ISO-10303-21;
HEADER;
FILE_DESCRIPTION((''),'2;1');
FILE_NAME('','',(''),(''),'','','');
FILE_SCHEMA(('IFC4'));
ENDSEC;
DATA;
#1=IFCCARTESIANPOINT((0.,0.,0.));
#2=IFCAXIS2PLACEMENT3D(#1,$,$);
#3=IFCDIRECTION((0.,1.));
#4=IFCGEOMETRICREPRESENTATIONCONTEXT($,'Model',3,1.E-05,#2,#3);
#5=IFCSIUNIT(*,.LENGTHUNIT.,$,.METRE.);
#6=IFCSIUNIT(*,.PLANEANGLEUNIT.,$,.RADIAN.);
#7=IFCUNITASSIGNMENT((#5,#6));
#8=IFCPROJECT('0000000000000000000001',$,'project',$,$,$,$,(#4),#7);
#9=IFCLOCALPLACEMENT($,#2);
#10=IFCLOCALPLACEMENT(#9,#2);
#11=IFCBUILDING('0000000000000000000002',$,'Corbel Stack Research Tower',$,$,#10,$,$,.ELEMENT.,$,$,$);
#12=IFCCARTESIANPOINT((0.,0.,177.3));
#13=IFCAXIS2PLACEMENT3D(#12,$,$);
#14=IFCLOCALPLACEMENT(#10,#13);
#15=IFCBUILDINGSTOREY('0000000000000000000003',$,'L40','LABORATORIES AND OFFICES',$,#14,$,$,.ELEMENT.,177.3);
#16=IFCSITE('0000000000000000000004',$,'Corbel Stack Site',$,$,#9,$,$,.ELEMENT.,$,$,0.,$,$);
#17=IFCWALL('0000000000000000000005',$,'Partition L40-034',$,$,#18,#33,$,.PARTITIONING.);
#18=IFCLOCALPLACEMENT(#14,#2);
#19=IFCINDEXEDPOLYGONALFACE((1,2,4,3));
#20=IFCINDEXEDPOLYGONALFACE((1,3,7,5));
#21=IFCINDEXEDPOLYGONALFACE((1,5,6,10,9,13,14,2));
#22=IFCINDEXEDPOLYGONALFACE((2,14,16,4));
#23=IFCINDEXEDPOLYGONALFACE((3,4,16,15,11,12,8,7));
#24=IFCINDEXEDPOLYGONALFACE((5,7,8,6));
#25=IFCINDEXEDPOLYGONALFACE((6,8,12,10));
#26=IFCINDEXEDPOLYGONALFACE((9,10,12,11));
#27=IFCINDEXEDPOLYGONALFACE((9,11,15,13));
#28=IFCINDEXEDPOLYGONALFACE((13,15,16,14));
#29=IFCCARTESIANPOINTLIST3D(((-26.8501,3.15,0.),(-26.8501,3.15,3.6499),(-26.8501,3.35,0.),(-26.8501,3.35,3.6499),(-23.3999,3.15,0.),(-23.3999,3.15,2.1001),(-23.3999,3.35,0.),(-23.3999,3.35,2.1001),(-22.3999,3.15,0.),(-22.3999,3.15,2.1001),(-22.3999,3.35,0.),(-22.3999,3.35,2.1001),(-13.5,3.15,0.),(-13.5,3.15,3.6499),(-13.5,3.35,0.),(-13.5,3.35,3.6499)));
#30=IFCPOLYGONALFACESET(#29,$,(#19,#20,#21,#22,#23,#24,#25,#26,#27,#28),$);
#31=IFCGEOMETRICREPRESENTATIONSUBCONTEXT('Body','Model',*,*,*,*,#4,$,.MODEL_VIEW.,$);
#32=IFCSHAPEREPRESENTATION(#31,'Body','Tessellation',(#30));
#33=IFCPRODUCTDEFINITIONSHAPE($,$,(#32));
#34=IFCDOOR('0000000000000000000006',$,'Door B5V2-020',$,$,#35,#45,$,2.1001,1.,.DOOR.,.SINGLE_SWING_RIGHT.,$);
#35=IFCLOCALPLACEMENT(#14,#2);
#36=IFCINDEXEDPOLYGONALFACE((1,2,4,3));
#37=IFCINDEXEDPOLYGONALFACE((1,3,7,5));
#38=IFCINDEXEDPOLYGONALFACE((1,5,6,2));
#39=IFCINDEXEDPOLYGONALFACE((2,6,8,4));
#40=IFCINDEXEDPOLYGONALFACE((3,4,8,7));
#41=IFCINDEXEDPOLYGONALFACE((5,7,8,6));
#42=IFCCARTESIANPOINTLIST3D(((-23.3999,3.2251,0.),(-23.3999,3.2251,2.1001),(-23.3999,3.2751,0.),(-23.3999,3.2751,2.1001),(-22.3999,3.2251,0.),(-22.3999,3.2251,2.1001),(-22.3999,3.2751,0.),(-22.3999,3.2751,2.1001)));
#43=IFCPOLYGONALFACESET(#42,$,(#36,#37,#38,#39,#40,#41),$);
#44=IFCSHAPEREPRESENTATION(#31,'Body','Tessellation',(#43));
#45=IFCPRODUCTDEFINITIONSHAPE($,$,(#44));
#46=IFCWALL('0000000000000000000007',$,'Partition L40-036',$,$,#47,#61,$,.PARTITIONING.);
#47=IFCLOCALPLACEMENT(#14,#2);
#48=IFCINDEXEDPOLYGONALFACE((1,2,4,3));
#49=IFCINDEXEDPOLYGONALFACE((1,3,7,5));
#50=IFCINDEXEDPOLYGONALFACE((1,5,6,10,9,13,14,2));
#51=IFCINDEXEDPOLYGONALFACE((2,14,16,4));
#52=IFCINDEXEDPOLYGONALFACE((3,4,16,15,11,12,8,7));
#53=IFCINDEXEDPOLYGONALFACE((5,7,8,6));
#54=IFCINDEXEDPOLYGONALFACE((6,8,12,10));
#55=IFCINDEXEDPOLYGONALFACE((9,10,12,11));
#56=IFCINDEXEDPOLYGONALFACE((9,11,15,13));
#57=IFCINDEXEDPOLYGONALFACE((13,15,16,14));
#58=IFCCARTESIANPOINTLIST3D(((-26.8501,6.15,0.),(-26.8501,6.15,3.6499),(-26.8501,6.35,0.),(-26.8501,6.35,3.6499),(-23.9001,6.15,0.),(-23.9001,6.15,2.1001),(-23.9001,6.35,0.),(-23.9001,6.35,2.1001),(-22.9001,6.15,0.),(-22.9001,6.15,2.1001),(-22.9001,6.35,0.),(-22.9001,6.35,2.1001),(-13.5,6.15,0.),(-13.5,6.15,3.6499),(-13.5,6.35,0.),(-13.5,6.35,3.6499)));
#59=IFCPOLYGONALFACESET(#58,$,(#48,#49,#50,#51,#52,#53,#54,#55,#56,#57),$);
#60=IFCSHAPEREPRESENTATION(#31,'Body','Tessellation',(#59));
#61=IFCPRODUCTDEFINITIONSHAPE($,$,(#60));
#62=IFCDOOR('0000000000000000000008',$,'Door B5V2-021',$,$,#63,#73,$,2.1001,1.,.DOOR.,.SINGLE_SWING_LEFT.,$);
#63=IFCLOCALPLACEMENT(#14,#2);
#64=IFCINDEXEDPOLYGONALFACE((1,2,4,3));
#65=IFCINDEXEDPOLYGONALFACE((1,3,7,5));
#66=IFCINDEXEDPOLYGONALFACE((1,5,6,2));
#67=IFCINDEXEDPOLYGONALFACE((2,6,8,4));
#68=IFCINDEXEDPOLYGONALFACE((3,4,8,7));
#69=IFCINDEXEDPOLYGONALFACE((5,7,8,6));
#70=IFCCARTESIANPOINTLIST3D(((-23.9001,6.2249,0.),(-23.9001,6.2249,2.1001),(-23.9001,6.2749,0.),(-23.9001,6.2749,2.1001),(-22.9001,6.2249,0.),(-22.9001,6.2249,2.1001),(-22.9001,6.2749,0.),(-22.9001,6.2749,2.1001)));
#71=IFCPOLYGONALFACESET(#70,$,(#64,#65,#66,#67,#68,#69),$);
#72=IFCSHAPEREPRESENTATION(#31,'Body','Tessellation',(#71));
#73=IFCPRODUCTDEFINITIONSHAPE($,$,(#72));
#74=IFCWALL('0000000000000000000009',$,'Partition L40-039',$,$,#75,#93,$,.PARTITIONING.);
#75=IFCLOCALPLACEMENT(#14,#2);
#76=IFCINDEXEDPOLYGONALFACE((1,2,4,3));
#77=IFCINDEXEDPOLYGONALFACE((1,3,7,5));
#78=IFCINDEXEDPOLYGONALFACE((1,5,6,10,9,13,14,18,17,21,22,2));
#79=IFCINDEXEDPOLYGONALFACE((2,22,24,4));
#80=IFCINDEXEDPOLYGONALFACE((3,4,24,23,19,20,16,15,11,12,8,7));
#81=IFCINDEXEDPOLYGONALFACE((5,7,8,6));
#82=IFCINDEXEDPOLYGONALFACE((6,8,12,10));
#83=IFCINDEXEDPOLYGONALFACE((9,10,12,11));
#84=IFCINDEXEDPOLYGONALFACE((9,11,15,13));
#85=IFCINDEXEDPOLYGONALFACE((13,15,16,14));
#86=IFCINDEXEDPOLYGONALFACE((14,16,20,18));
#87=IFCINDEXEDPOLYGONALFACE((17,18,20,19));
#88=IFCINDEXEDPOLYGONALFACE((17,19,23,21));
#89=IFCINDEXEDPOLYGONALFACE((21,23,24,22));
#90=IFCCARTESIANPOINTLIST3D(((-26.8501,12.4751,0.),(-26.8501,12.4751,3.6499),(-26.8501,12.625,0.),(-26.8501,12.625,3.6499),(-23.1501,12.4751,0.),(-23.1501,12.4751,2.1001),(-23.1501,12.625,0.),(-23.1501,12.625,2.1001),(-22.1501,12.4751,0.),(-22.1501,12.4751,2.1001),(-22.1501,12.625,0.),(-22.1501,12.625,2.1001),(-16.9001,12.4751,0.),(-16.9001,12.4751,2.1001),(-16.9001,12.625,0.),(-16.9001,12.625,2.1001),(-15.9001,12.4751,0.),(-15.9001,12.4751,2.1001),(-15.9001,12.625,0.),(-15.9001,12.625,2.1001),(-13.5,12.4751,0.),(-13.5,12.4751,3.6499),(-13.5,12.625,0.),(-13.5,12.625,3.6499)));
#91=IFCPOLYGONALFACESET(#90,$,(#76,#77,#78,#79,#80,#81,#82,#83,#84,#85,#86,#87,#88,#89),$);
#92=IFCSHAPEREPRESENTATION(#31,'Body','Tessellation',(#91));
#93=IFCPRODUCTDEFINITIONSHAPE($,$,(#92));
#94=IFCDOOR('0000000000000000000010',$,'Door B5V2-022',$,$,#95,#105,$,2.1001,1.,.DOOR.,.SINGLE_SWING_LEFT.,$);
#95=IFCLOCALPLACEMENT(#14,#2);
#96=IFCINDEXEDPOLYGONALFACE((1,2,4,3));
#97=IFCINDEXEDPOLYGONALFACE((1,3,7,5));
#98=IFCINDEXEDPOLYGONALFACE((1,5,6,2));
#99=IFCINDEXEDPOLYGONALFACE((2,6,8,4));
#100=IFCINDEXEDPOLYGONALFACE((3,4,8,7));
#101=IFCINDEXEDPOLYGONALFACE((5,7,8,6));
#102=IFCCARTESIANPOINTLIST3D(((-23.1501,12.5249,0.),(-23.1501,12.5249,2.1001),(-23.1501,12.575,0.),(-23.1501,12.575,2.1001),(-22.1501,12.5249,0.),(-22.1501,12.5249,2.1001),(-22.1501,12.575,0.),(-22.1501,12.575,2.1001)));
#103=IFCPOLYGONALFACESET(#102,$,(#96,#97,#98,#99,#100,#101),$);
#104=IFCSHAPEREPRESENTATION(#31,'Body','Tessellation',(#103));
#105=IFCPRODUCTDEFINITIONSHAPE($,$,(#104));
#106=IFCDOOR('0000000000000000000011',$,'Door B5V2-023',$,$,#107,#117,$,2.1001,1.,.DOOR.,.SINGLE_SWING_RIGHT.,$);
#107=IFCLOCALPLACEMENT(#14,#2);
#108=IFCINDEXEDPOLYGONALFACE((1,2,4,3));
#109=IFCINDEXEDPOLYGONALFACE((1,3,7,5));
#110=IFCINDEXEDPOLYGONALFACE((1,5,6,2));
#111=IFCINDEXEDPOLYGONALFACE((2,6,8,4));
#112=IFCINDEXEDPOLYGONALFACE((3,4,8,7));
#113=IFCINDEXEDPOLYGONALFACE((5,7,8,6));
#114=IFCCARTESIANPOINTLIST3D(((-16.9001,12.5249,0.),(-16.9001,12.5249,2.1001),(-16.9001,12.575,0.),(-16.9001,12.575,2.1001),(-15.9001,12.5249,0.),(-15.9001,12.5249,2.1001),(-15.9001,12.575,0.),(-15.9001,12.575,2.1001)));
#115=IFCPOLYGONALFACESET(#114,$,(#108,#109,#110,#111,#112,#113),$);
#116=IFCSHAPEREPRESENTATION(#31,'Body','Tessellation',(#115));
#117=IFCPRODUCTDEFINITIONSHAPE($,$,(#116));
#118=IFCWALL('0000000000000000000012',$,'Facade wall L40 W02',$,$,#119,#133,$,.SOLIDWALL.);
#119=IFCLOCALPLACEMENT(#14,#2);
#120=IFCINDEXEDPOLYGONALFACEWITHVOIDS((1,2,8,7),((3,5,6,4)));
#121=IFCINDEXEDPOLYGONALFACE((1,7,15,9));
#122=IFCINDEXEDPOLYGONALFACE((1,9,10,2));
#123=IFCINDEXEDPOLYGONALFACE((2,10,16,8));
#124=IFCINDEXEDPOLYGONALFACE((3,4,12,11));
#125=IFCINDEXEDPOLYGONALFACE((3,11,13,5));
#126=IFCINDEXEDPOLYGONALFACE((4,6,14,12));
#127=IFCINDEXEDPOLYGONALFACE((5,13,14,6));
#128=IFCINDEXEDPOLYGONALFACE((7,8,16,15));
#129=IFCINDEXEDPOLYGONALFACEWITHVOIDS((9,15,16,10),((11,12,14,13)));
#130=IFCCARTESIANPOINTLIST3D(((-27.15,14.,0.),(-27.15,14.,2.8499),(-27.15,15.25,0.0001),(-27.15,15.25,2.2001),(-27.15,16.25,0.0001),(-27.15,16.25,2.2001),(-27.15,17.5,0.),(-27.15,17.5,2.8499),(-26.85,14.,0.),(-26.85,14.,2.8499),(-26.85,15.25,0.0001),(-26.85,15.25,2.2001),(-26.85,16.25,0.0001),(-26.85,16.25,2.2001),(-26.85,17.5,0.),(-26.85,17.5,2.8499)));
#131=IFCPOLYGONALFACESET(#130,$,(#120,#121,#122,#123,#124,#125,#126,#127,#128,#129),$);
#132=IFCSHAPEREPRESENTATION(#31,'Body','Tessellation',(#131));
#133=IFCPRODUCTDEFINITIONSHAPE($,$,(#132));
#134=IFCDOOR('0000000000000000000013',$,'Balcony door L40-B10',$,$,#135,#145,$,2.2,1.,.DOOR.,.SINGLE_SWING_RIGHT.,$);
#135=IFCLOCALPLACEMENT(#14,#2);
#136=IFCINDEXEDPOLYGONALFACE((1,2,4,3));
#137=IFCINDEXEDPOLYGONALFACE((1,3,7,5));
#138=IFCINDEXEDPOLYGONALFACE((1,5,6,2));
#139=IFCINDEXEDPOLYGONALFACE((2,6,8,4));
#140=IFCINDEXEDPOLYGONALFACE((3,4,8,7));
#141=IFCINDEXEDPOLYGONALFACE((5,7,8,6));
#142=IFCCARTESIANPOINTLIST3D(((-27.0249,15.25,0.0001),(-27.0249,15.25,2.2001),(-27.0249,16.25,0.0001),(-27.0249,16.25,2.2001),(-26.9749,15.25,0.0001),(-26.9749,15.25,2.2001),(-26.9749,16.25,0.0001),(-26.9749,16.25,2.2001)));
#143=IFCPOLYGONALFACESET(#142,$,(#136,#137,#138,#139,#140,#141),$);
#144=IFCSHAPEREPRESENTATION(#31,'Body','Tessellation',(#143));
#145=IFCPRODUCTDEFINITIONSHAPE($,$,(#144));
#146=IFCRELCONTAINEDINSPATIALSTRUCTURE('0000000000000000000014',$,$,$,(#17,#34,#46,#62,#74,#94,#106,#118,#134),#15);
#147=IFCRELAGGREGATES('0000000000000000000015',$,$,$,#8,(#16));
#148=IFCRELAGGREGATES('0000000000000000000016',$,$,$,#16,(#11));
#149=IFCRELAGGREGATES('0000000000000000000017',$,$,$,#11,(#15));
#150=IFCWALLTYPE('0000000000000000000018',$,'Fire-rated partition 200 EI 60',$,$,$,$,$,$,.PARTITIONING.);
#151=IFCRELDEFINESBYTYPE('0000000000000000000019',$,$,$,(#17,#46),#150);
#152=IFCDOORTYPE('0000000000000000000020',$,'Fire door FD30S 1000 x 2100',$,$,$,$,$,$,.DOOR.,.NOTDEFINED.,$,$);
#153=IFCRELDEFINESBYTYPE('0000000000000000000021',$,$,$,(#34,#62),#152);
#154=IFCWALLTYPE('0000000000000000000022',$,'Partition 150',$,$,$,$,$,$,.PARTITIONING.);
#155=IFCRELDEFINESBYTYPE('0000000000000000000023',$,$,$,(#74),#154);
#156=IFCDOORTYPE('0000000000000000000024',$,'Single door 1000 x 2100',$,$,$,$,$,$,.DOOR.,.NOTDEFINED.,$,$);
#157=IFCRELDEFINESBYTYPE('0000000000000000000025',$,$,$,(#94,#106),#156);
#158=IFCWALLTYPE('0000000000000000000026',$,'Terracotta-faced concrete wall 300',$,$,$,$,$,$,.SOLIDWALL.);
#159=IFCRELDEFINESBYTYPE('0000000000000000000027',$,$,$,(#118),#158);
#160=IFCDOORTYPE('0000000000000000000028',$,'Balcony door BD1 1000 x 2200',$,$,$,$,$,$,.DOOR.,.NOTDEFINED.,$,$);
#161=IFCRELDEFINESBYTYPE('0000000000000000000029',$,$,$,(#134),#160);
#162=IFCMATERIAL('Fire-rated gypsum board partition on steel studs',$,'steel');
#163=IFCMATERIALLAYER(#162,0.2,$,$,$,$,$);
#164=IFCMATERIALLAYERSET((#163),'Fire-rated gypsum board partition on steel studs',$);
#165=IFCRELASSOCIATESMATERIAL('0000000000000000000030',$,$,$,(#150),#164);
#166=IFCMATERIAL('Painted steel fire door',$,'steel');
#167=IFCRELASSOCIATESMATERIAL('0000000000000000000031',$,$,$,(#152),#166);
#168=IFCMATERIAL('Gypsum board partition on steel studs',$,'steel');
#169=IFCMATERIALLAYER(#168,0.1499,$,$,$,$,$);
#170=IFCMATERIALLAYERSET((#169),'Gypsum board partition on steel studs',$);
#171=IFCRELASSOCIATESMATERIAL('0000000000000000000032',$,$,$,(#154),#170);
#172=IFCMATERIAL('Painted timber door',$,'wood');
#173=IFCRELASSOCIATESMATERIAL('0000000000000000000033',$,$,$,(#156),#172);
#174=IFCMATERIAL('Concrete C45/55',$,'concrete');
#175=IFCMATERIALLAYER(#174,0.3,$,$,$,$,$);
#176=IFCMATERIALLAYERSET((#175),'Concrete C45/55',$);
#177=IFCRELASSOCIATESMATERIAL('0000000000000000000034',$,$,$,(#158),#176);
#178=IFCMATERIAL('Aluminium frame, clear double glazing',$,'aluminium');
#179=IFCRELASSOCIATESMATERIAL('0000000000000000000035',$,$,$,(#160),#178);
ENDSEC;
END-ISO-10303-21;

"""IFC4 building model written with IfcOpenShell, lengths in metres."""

from ifc_helpers import new_model, si_unit, direction, frame, frame_2d, origin, place, context, subcontext, project, spatial, rectangle, extrude, material, layer, layer_set, type_object, element, fill, save


model = new_model("IFC4")

# Units and contexts
model_context = context("Model", 3, precision=1e-05, world=origin(), true_north=direction((0.0, 1.0)))
body_context = subcontext(model_context, "Body", "Model", "MODEL_VIEW")
ifc_project = project(units=[si_unit("LENGTHUNIT", "METRE"), si_unit("PLANEANGLEUNIT", "RADIAN")], contexts=[model_context])

# Site, building, storey
site_placement = place(None, origin())
site = spatial("IfcSite", under=ifc_project, at=site_placement, Name="Corbel Stack Site", CompositionType="ELEMENT", RefElevation=0.0)
building_placement = place(site_placement, origin())
building = spatial("IfcBuilding", under=site, at=building_placement, Name="Corbel Stack Research Tower", CompositionType="ELEMENT")
storey_placement = place(building_placement, frame((0.0, 0.0, 177.3)))
storey = spatial("IfcBuildingStorey", under=building, at=storey_placement, Name="L40", Description="LABORATORIES AND OFFICES", CompositionType="ELEMENT", Elevation=177.3)

# Shared definitions
ifc_material_1 = material(Name="Fire-rated gypsum board partition on steel studs", Category="steel")
ifc_layer_1 = layer(ifc_material_1, 0.2)
ifc_layer_set_1 = layer_set([ifc_layer_1], Name="Fire-rated gypsum board partition on steel studs")
wall_type_1 = type_object("IfcWallType", Name="Fire-rated partition 200 EI 60", PredefinedType="PARTITIONING", material=ifc_layer_set_1)

# Walls, openings, doors
ifc_material_2 = material(Name="Painted steel fire door", Category="steel")
door_type_1 = type_object("IfcDoorType", Name="Fire door FD30S 1000 x 2100", OperationType="NOTDEFINED", PredefinedType="DOOR", material=ifc_material_2)
wall_1_placement = place(storey_placement, frame((-13.5, 3.25, 0.0), z_axis=(0.0, 0.0, 1.0), x_axis=(-1.0, 0.0, 0.0)))
wall_1 = element("IfcWall", 1, at=wall_1_placement, inside=storey, type_object=wall_type_1, Name="Partition L40-034", PredefinedType="PARTITIONING", context=body_context, shape_type="SweptSolid", body=[
    extrude(rectangle(XDim=13.3501, YDim=0.2, at=frame_2d((6.675, 0.0))), origin(), (0.0, 0.0, 1.0), 3.6499),
])
opening_1_placement = place(wall_1_placement, frame((8.8999, 0.0, 0.0)))
opening_1 = element("IfcOpeningElement", 2, at=opening_1_placement, cuts=wall_1, PredefinedType="OPENING", context=body_context, shape_type="SweptSolid", body=[
    extrude(rectangle(XDim=1.0, YDim=2.1001, at=frame_2d((0.5, 1.05))), frame((0.0, 0.1099, 0.0), z_axis=(0.0, -1.0, 0.0), x_axis=(1.0, 0.0, 0.0)), (0.0, 0.0, 1.0), 0.22),
])
door_1_placement = place(opening_1_placement, origin())
door_1 = element("IfcDoor", 3, at=door_1_placement, inside=storey, type_object=door_type_1, Name="Door B5V2-020", OperationType="SINGLE_SWING_RIGHT", OverallHeight=2.1001, OverallWidth=1.0, PredefinedType="DOOR", context=body_context, shape_type="SweptSolid", body=[
    extrude(rectangle(XDim=1.0, YDim=2.1001, at=frame_2d((0.5, 1.05))), frame((0.0, 0.0249, 0.0), z_axis=(0.0, -1.0, 0.0), x_axis=(1.0, 0.0, 0.0)), (0.0, 0.0, 1.0), 0.05),
])
fill(opening_1, door_1)
wall_2_placement = place(storey_placement, frame((-26.8501, 6.25, 0.0), z_axis=(0.0, 0.0, 1.0), x_axis=(1.0, 0.0, 0.0)))
wall_2 = element("IfcWall", 4, at=wall_2_placement, inside=storey, type_object=wall_type_1, Name="Partition L40-036", PredefinedType="PARTITIONING", context=body_context, shape_type="SweptSolid", body=[
    extrude(rectangle(XDim=13.3501, YDim=0.2, at=frame_2d((6.675, 0.0))), origin(), (0.0, 0.0, 1.0), 3.6499),
])
opening_2_placement = place(wall_2_placement, frame((2.95, 0.0, 0.0)))
opening_2 = element("IfcOpeningElement", 5, at=opening_2_placement, cuts=wall_2, PredefinedType="OPENING", context=body_context, shape_type="SweptSolid", body=[
    extrude(rectangle(XDim=1.0, YDim=2.1001, at=frame_2d((0.5, 1.05))), frame((0.0, 0.1099, 0.0), z_axis=(0.0, -1.0, 0.0), x_axis=(1.0, 0.0, 0.0)), (0.0, 0.0, 1.0), 0.22),
])
door_2_placement = place(opening_2_placement, origin())
door_2 = element("IfcDoor", 6, at=door_2_placement, inside=storey, type_object=door_type_1, Name="Door B5V2-021", OperationType="SINGLE_SWING_LEFT", OverallHeight=2.1001, OverallWidth=1.0, PredefinedType="DOOR", context=body_context, shape_type="SweptSolid", body=[
    extrude(rectangle(XDim=1.0, YDim=2.1001, at=frame_2d((0.5, 1.05))), frame((0.0, 0.0249, 0.0), z_axis=(0.0, -1.0, 0.0), x_axis=(1.0, 0.0, 0.0)), (0.0, 0.0, 1.0), 0.05),
])
fill(opening_2, door_2)

# Wall, openings, doors
ifc_material_3 = material(Name="Gypsum board partition on steel studs", Category="steel")
ifc_layer_2 = layer(ifc_material_3, 0.1499)
ifc_layer_set_2 = layer_set([ifc_layer_2], Name="Gypsum board partition on steel studs")
wall_type_2 = type_object("IfcWallType", Name="Partition 150", PredefinedType="PARTITIONING", material=ifc_layer_set_2)
wall_3_placement = place(storey_placement, frame((-26.8501, 12.55, 0.0), z_axis=(0.0, 0.0, 1.0), x_axis=(1.0, 0.0, 0.0)))
wall_3 = element("IfcWall", 7, at=wall_3_placement, inside=storey, type_object=wall_type_2, Name="Partition L40-039", PredefinedType="PARTITIONING", context=body_context, shape_type="SweptSolid", body=[
    extrude(rectangle(XDim=13.3501, YDim=0.1499, at=frame_2d((6.675, 0.0))), origin(), (0.0, 0.0, 1.0), 3.6499),
])
opening_3_placement = place(wall_3_placement, frame((3.7, 0.0, 0.0)))
opening_3 = element("IfcOpeningElement", 8, at=opening_3_placement, cuts=wall_3, PredefinedType="OPENING", context=body_context, shape_type="SweptSolid", body=[
    extrude(rectangle(XDim=1.0, YDim=2.1001, at=frame_2d((0.5, 1.05))), frame((0.0, 0.085, 0.0), z_axis=(0.0, -1.0, 0.0), x_axis=(1.0, 0.0, 0.0)), (0.0, 0.0, 1.0), 0.1699),
])
opening_4_placement = place(wall_3_placement, frame((9.95, 0.0, 0.0)))
opening_4 = element("IfcOpeningElement", 9, at=opening_4_placement, cuts=wall_3, PredefinedType="OPENING", context=body_context, shape_type="SweptSolid", body=[
    extrude(rectangle(XDim=1.0, YDim=2.1001, at=frame_2d((0.5, 1.05))), frame((0.0, 0.085, 0.0), z_axis=(0.0, -1.0, 0.0), x_axis=(1.0, 0.0, 0.0)), (0.0, 0.0, 1.0), 0.1699),
])
ifc_material_4 = material(Name="Painted timber door", Category="wood")
door_type_2 = type_object("IfcDoorType", Name="Single door 1000 x 2100", OperationType="NOTDEFINED", PredefinedType="DOOR", material=ifc_material_4)
door_3_placement = place(opening_3_placement, origin())
door_3 = element("IfcDoor", 10, at=door_3_placement, inside=storey, type_object=door_type_2, Name="Door B5V2-022", OperationType="SINGLE_SWING_LEFT", OverallHeight=2.1001, OverallWidth=1.0, PredefinedType="DOOR", context=body_context, shape_type="SweptSolid", body=[
    extrude(rectangle(XDim=1.0, YDim=2.1001, at=frame_2d((0.5, 1.05))), frame((0.0, 0.0249, 0.0), z_axis=(0.0, -1.0, 0.0), x_axis=(1.0, 0.0, 0.0)), (0.0, 0.0, 1.0), 0.05),
])
fill(opening_3, door_3)
door_4_placement = place(opening_4_placement, origin())
door_4 = element("IfcDoor", 11, at=door_4_placement, inside=storey, type_object=door_type_2, Name="Door B5V2-023", OperationType="SINGLE_SWING_RIGHT", OverallHeight=2.1001, OverallWidth=1.0, PredefinedType="DOOR", context=body_context, shape_type="SweptSolid", body=[
    extrude(rectangle(XDim=1.0, YDim=2.1001, at=frame_2d((0.5, 1.05))), frame((0.0, 0.0249, 0.0), z_axis=(0.0, -1.0, 0.0), x_axis=(1.0, 0.0, 0.0)), (0.0, 0.0, 1.0), 0.05),
])
fill(opening_4, door_4)

# Wall, opening, door
ifc_material_5 = material(Name="Concrete C45/55", Category="concrete")
ifc_layer_3 = layer(ifc_material_5, 0.3)
ifc_layer_set_3 = layer_set([ifc_layer_3], Name="Concrete C45/55")
wall_type_3 = type_object("IfcWallType", Name="Terracotta-faced concrete wall 300", PredefinedType="SOLIDWALL", material=ifc_layer_set_3)
wall_4_placement = place(storey_placement, frame((-27.0, 14.0, 0.0), z_axis=(0.0, 0.0, 1.0), x_axis=(0.0, 1.0, 0.0)))
wall_4 = element("IfcWall", 12, at=wall_4_placement, inside=storey, type_object=wall_type_3, Name="Facade wall L40 W02", PredefinedType="SOLIDWALL", context=body_context, shape_type="SweptSolid", body=[
    extrude(rectangle(XDim=3.5, YDim=0.3, at=frame_2d((1.75, 0.0))), origin(), (0.0, 0.0, 1.0), 2.8499),
])
opening_5_placement = place(wall_4_placement, frame((1.25, 0.0, 0.0)))
opening_5 = element("IfcOpeningElement", 13, at=opening_5_placement, cuts=wall_4, PredefinedType="OPENING", context=body_context, shape_type="SweptSolid", body=[
    extrude(rectangle(XDim=1.0, YDim=2.2, at=frame_2d((0.5, 1.1001))), frame((0.0, 0.1599, 0.0), z_axis=(0.0, -1.0, 0.0), x_axis=(1.0, 0.0, 0.0)), (0.0, 0.0, 1.0), 0.3201),
])
ifc_material_6 = material(Name="Aluminium frame, clear double glazing", Category="aluminium")
door_type_3 = type_object("IfcDoorType", Name="Balcony door BD1 1000 x 2200", OperationType="NOTDEFINED", PredefinedType="DOOR", material=ifc_material_6)
door_5_placement = place(opening_5_placement, origin())
door_5 = element("IfcDoor", 14, at=door_5_placement, inside=storey, type_object=door_type_3, Name="Balcony door L40-B10", OperationType="SINGLE_SWING_RIGHT", OverallHeight=2.2, OverallWidth=1.0, PredefinedType="DOOR", context=body_context, shape_type="SweptSolid", body=[
    extrude(rectangle(XDim=1.0, YDim=2.2, at=frame_2d((0.5, 1.1001))), frame((0.0, 0.0249, 0.0), z_axis=(0.0, -1.0, 0.0), x_axis=(1.0, 0.0, 0.0)), (0.0, 0.0, 1.0), 0.05),
])
fill(opening_5, door_5)

save(model, "model.ifc")
